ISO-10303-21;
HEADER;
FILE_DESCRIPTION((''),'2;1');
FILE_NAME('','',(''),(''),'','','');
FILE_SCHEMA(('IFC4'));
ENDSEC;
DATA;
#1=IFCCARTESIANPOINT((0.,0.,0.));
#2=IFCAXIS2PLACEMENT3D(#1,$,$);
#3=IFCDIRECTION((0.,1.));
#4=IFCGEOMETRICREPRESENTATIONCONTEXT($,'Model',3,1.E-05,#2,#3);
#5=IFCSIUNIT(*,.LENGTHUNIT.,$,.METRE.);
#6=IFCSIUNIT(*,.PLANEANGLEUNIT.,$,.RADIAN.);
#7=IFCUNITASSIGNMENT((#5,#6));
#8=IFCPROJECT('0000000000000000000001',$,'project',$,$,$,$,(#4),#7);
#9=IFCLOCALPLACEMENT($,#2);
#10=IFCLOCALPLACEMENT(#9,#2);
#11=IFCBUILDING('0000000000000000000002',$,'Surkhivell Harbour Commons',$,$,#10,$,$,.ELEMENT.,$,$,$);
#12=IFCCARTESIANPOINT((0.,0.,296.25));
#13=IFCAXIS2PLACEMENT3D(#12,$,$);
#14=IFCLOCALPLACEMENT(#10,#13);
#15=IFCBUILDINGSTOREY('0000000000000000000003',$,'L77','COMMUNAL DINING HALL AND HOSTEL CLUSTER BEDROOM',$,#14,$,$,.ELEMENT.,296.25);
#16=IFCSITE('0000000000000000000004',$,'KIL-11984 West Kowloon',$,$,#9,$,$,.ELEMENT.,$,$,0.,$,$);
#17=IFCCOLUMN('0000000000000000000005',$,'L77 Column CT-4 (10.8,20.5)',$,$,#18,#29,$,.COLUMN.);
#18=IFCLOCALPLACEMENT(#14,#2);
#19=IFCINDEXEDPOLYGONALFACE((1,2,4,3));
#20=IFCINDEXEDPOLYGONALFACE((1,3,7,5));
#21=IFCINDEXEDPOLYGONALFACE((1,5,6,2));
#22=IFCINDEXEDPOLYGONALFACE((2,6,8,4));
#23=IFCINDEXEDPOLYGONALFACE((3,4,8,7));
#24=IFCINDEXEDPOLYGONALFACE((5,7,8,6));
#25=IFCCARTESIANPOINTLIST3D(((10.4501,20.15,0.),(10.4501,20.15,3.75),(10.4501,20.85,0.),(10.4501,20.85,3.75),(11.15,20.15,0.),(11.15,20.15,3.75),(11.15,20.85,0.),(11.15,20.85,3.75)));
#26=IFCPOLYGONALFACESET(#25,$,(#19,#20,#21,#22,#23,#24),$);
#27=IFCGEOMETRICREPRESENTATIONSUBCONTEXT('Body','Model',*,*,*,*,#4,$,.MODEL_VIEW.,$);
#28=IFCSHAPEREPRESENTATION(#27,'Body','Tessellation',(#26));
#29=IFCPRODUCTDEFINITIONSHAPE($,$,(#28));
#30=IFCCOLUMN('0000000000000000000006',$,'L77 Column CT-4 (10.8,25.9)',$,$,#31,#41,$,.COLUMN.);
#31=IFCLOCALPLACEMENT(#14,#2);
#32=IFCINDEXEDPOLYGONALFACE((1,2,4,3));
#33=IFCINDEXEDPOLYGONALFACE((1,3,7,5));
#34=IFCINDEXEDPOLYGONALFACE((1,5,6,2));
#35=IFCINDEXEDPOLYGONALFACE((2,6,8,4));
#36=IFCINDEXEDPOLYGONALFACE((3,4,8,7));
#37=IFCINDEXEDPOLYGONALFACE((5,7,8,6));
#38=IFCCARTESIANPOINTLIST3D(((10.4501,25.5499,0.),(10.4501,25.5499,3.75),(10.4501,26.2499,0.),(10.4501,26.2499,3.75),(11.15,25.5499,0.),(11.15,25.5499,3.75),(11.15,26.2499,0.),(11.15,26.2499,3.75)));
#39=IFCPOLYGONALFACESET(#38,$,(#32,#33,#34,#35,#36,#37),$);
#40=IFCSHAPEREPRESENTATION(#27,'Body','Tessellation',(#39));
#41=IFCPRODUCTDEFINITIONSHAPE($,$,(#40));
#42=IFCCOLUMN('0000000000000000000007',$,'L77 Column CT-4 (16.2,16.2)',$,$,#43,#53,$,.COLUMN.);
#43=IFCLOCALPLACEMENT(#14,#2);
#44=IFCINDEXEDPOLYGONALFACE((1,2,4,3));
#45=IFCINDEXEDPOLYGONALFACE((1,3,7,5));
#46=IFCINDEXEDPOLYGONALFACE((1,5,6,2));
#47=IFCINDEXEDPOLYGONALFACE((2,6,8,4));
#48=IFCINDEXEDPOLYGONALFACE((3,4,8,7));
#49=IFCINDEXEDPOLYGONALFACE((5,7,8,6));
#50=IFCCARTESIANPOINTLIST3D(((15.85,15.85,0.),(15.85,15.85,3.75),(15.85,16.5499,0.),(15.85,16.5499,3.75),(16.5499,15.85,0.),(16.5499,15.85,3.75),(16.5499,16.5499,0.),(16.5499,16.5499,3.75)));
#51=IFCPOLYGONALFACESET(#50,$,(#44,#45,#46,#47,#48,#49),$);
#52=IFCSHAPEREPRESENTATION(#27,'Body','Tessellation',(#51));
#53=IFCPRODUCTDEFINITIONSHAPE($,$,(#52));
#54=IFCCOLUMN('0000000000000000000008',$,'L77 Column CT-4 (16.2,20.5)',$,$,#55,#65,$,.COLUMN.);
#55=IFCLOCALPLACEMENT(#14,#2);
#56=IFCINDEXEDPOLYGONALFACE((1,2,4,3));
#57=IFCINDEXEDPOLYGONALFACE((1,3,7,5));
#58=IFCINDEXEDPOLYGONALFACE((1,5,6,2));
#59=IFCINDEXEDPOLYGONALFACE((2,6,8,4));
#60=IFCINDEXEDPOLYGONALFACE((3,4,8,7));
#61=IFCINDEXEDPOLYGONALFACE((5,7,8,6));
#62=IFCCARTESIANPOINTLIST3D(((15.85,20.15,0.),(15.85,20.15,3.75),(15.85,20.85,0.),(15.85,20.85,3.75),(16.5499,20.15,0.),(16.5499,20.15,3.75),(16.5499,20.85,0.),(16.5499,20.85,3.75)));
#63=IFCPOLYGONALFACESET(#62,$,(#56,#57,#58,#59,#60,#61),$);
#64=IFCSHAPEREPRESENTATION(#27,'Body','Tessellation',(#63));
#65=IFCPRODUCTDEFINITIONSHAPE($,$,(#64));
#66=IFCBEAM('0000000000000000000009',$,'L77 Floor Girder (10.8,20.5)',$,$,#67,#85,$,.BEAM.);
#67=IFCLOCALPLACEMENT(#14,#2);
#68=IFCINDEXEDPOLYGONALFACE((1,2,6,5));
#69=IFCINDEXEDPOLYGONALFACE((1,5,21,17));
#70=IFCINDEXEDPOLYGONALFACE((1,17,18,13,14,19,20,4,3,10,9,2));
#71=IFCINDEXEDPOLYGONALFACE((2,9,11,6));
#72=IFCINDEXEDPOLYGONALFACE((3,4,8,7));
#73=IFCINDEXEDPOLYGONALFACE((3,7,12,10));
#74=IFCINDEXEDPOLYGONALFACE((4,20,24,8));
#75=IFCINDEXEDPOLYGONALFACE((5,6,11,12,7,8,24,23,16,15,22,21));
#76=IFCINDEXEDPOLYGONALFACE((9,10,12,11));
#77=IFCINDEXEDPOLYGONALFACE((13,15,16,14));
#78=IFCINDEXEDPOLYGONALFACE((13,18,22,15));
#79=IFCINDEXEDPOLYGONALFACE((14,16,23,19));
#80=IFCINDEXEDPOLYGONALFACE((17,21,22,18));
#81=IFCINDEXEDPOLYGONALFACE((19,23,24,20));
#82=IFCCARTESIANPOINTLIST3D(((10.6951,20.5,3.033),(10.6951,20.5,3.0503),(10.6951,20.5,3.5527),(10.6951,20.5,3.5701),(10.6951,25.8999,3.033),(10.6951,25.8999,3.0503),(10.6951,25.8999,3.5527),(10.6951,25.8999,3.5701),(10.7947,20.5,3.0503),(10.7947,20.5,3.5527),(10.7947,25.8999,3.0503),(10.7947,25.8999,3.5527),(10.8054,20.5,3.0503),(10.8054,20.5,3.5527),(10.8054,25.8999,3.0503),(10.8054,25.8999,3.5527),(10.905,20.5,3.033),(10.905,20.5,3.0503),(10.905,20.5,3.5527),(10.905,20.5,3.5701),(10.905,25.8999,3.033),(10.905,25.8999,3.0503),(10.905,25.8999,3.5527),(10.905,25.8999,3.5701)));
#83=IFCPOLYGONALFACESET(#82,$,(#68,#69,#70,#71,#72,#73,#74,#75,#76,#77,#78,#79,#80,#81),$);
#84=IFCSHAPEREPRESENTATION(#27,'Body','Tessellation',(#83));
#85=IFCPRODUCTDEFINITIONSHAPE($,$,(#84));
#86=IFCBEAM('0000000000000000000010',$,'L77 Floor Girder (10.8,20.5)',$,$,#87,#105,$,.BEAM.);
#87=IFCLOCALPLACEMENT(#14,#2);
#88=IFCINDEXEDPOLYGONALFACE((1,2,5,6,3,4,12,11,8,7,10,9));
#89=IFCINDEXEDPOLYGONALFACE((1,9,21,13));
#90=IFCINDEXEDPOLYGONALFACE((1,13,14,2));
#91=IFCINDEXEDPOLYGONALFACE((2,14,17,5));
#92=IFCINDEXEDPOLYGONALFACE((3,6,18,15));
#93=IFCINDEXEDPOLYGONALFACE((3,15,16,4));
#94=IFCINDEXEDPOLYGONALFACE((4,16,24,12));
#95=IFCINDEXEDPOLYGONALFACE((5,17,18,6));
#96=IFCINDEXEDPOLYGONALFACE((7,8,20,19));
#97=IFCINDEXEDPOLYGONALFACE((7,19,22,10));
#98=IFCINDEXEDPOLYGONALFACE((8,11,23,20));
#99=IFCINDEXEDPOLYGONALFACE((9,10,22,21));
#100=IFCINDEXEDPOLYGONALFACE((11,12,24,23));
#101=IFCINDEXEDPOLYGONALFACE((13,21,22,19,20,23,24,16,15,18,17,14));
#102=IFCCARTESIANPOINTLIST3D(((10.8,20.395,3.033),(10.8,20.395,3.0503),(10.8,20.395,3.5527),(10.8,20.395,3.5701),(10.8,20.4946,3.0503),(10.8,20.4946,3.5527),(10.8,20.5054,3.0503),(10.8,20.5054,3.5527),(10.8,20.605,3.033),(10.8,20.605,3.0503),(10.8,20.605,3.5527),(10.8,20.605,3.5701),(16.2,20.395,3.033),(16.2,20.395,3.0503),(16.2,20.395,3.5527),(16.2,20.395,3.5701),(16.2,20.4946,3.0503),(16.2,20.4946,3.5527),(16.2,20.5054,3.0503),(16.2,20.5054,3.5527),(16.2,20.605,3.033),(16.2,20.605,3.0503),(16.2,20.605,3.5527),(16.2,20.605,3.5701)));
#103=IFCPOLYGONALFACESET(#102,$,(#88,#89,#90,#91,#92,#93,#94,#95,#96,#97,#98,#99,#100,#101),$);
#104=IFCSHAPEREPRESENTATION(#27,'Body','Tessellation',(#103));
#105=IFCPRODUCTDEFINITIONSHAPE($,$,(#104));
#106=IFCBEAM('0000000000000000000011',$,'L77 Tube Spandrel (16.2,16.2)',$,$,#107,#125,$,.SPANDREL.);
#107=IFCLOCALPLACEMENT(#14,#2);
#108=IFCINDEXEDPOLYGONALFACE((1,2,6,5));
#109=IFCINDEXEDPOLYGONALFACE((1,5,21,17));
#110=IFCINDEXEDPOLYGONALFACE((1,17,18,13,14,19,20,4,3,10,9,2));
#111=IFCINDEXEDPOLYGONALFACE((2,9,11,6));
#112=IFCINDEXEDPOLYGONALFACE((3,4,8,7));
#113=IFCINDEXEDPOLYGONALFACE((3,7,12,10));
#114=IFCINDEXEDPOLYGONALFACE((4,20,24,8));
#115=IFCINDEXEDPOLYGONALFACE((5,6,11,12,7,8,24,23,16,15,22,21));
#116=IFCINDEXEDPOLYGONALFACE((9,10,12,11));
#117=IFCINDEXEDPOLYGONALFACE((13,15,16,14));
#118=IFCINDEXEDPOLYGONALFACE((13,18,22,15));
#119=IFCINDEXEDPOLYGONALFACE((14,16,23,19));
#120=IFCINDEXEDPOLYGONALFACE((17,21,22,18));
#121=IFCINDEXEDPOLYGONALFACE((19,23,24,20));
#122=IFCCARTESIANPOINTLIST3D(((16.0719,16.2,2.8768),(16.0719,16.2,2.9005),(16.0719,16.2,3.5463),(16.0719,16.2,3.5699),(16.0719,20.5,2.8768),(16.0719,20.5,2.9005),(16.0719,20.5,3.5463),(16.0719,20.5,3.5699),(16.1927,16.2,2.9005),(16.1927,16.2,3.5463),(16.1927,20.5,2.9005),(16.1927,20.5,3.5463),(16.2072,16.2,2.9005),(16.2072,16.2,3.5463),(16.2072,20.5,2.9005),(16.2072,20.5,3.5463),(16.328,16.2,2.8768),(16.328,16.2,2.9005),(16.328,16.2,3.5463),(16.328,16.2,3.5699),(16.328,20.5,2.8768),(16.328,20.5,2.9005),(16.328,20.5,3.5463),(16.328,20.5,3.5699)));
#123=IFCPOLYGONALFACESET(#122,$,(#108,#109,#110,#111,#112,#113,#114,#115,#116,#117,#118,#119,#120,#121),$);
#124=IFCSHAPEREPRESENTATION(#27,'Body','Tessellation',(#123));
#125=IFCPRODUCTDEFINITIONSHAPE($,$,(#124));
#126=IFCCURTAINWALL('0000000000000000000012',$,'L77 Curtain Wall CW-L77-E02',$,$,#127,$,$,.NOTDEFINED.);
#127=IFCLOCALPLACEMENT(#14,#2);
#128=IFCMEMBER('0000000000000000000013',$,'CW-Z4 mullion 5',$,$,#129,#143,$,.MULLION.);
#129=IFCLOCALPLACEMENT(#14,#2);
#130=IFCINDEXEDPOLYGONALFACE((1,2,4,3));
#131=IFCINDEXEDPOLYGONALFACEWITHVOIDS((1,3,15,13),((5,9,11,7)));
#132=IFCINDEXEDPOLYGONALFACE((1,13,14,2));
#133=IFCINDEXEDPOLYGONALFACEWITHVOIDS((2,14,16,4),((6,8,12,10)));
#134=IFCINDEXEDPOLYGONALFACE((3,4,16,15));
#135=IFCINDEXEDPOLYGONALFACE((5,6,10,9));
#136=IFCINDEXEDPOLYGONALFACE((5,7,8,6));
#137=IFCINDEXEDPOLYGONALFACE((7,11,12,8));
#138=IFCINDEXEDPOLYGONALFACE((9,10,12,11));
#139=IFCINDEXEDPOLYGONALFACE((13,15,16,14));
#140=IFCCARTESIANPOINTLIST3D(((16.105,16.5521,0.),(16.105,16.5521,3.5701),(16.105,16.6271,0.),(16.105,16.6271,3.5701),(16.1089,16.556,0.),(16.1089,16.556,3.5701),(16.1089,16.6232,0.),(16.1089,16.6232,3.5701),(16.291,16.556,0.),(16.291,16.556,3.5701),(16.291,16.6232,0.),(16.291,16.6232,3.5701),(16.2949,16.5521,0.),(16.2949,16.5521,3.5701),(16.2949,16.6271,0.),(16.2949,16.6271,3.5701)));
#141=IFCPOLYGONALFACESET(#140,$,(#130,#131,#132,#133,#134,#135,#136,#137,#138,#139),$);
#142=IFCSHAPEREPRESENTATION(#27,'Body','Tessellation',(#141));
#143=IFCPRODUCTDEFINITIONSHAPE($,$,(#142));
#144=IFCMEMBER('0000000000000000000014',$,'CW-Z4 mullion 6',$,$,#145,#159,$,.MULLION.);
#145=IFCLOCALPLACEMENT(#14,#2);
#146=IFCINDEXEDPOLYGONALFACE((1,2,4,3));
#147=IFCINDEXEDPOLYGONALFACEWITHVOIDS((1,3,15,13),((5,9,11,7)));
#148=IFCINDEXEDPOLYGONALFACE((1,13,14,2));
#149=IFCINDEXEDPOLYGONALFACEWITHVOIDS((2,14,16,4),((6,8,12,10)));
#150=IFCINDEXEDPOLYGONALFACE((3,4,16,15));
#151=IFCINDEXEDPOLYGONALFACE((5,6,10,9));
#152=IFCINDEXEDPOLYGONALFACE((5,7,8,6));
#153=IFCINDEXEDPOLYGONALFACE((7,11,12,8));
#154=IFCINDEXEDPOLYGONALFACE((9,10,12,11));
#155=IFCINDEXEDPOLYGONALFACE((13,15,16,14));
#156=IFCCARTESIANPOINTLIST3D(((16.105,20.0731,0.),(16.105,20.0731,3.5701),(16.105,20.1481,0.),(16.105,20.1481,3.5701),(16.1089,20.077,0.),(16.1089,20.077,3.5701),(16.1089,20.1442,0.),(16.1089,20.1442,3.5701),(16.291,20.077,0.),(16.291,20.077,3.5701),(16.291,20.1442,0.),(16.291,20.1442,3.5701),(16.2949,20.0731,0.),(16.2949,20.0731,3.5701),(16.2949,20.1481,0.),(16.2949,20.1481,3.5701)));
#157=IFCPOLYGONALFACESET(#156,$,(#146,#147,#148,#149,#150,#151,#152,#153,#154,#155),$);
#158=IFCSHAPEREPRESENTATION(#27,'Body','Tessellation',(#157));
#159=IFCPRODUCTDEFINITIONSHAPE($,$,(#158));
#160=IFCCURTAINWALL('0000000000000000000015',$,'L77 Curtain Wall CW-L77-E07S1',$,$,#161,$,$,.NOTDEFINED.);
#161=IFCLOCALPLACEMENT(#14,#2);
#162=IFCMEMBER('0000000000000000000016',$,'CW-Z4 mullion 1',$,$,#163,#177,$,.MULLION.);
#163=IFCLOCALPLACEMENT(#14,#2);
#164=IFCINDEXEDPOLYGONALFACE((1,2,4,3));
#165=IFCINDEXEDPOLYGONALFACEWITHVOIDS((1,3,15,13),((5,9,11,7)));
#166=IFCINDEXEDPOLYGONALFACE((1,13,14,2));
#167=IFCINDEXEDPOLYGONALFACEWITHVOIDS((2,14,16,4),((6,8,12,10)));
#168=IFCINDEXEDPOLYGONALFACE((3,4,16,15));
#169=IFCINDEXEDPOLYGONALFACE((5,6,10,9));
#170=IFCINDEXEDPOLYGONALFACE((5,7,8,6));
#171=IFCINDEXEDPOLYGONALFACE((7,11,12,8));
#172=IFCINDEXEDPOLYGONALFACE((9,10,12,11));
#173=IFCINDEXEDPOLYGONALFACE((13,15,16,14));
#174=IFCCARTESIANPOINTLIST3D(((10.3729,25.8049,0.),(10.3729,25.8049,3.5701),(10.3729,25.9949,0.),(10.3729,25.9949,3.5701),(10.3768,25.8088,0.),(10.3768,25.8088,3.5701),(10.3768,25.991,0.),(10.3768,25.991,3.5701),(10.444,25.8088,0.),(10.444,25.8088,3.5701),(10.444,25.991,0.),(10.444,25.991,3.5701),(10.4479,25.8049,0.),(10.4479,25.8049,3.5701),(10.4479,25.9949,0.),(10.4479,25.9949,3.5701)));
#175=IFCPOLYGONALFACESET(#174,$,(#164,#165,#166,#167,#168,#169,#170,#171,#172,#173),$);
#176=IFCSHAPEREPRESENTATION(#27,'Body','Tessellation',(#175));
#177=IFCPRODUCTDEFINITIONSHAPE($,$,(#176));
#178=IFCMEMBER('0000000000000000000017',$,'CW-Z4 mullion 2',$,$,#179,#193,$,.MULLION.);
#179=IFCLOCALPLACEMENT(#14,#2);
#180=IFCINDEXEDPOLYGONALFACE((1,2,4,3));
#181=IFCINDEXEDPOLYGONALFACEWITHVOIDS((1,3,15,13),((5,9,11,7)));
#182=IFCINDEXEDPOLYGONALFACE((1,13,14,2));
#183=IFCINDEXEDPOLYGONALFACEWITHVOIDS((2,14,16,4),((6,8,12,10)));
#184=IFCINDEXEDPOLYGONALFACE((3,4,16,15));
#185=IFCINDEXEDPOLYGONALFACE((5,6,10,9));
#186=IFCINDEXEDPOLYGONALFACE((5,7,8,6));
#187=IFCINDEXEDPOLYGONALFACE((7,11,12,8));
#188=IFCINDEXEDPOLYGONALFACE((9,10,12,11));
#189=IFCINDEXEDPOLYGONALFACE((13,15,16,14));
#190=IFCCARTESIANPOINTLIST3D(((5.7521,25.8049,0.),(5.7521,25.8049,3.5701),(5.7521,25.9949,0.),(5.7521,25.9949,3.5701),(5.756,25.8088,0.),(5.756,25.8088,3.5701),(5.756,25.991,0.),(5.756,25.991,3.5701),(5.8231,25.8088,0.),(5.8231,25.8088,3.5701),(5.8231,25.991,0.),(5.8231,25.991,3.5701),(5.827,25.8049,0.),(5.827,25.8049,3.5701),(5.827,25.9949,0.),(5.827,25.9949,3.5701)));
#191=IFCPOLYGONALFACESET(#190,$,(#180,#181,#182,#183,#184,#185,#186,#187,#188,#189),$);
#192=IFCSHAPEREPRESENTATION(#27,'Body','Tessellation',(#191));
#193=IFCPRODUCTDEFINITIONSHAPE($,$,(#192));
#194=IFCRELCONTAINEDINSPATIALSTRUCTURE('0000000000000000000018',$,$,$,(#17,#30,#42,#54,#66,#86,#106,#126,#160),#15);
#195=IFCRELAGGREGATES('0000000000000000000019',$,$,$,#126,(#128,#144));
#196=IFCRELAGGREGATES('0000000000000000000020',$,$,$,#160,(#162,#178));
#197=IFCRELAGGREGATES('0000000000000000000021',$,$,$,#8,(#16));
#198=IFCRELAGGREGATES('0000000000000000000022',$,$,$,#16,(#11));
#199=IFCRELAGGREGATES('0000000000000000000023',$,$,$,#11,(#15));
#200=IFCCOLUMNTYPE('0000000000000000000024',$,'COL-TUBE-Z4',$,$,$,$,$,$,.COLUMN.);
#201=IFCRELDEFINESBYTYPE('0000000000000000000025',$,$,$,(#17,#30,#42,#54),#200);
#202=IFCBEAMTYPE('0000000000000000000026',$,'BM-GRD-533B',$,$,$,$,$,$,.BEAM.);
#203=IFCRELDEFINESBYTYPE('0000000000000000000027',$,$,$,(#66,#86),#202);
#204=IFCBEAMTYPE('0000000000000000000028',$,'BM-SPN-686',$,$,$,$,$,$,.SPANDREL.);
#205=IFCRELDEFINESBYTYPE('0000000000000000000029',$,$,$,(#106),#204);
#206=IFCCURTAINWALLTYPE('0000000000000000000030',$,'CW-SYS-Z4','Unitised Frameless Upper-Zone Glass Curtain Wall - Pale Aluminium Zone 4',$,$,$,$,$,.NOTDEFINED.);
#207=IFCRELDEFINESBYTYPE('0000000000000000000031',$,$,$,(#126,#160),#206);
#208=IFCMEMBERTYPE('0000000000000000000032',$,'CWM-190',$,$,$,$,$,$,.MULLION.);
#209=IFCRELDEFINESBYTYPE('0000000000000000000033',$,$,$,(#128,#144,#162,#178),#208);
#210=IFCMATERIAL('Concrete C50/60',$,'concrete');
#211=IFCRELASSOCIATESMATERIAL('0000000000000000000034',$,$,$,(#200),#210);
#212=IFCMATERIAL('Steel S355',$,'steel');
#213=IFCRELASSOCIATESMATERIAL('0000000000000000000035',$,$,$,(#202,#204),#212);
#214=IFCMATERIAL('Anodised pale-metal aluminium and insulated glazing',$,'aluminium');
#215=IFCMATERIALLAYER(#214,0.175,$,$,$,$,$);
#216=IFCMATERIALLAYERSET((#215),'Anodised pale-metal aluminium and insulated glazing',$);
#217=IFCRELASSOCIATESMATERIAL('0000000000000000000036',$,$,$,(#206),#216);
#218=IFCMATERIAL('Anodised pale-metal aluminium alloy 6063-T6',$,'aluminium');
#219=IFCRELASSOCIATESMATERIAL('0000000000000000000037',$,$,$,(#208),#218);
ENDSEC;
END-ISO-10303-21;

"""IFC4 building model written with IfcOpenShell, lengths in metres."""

from ifc_helpers import new_model, si_unit, direction, frame, origin, origin_2d, place, context, subcontext, project, spatial, rectangle, hollow_rectangle, i_section, extrude, material, layer, layer_set, material_profile, profile_set, type_object, element, aggregate, save


model = new_model("IFC4")

# Units and contexts
model_context = context("Model", 3, precision=1e-05, world=origin(), true_north=direction((0.0, 1.0)))
body_context = subcontext(model_context, "Body", "Model", "MODEL_VIEW")
ifc_project = project(units=[si_unit("LENGTHUNIT", "METRE"), si_unit("PLANEANGLEUNIT", "RADIAN")], contexts=[model_context])

# Site, building, storey
site_placement = place(None, origin())
site = spatial("IfcSite", under=ifc_project, at=site_placement, Name="KIL-11984 West Kowloon", CompositionType="ELEMENT", RefElevation=0.0)
building_placement = place(site_placement, origin())
building = spatial("IfcBuilding", under=site, at=building_placement, Name="Surkhivell Harbour Commons", CompositionType="ELEMENT")
storey_placement = place(building_placement, frame((0.0, 0.0, 296.25)))
storey = spatial("IfcBuildingStorey", under=building, at=storey_placement, Name="L77", Description="COMMUNAL DINING HALL AND HOSTEL CLUSTER BEDROOM", CompositionType="ELEMENT", Elevation=296.25)

# Columns
ifc_material_1 = material(Name="Concrete C50/60", Category="concrete")
ifc_material_profile_1 = material_profile(ifc_material_1, rectangle(XDim=0.7, YDim=0.7, at=origin_2d()), Name="RC-COL-700x700")
ifc_profile_set_1 = profile_set([ifc_material_profile_1], Name="Concrete C50/60")
column_type = type_object("IfcColumnType", Name="COL-TUBE-Z4", PredefinedType="COLUMN", material=ifc_profile_set_1)
for number, where, z_axis, x_axis, name in (
    (1, (10.8, 20.5, 0.0), (0.0, 0.0, 1.0), (1.0, 0.0, 0.0), "L77 Column CT-4 (10.8,20.5)"),
    (2, (10.8, 25.8999, 0.0), (0.0, 0.0, 1.0), (1.0, 0.0, 0.0), "L77 Column CT-4 (10.8,25.9)"),
    (3, (16.2, 16.2, 0.0), (0.0, 0.0, 1.0), (1.0, 0.0, 0.0), "L77 Column CT-4 (16.2,16.2)"),
    (4, (16.2, 20.5, 0.0), (0.0, 0.0, 1.0), (1.0, 0.0, 0.0), "L77 Column CT-4 (16.2,20.5)"),
):
    element("IfcColumn", number, at=place(storey_placement, frame(where, z_axis=z_axis, x_axis=x_axis)), inside=storey, type_object=column_type, Name=name, PredefinedType="COLUMN", context=body_context, shape_type="SweptSolid", body=[
        extrude(rectangle(XDim=0.7, YDim=0.7, at=origin_2d()), origin(), (0.0, 0.0, 1.0), 3.75),
    ])

# Beams
ifc_material_2 = material(Name="Steel S355", Category="steel")
ifc_material_profile_2 = material_profile(ifc_material_2, i_section(OverallWidth=0.21, OverallDepth=0.5371, WebThickness=0.0107, FlangeThickness=0.0173, at=origin_2d()), Name="UB533x210x101")
ifc_profile_set_2 = profile_set([ifc_material_profile_2], Name="Steel S355")
beam_type_1 = type_object("IfcBeamType", Name="BM-GRD-533B", PredefinedType="BEAM", material=ifc_profile_set_2)
for number, where, z_axis, x_axis, name in (
    (5, (10.8, 20.5, 3.3015), (0.0, 1.0, 0.0), (-1.0, 0.0, 0.0), "L77 Floor Girder (10.8,20.5)"),
    (6, (10.8, 20.5, 3.3015), (1.0, 0.0, 0.0), (0.0, 1.0, 0.0), "L77 Floor Girder (10.8,20.5)"),
):
    element("IfcBeam", number, at=place(storey_placement, frame(where, z_axis=z_axis, x_axis=x_axis)), inside=storey, type_object=beam_type_1, Name=name, PredefinedType="BEAM", context=body_context, shape_type="SweptSolid", body=[
        extrude(i_section(OverallWidth=0.21, OverallDepth=0.5371, WebThickness=0.0107, FlangeThickness=0.0173, at=origin_2d()), origin(), (0.0, 0.0, 1.0), 5.3999),
    ])
ifc_material_profile_3 = material_profile(ifc_material_2, i_section(OverallWidth=0.2561, OverallDepth=0.6931, WebThickness=0.0144, FlangeThickness=0.0237, at=origin_2d()), Name="UB686x254x170")
ifc_profile_set_3 = profile_set([ifc_material_profile_3], Name="Steel S355")
beam_type_2 = type_object("IfcBeamType", Name="BM-SPN-686", PredefinedType="SPANDREL", material=ifc_profile_set_3)
beam_placement = place(storey_placement, frame((16.2, 16.2, 3.2234), z_axis=(0.0, 1.0, 0.0), x_axis=(-1.0, 0.0, 0.0)))
element("IfcBeam", 7, at=beam_placement, inside=storey, type_object=beam_type_2, Name="L77 Tube Spandrel (16.2,16.2)", PredefinedType="SPANDREL", context=body_context, shape_type="SweptSolid", body=[
    extrude(i_section(OverallWidth=0.2561, OverallDepth=0.6931, WebThickness=0.0144, FlangeThickness=0.0237, at=origin_2d()), origin(), (0.0, 0.0, 1.0), 4.3),
])

# Curtain walls, members
ifc_material_3 = material(Name="Anodised pale-metal aluminium and insulated glazing", Category="aluminium")
ifc_layer_1 = layer(ifc_material_3, 0.175)
ifc_layer_set_1 = layer_set([ifc_layer_1], Name="Anodised pale-metal aluminium and insulated glazing")
curtain_wall_type = type_object("IfcCurtainWallType", Name="CW-SYS-Z4", Description="Unitised Frameless Upper-Zone Glass Curtain Wall - Pale Aluminium Zone 4", PredefinedType="NOTDEFINED", material=ifc_layer_set_1)
curtain_wall_1_placement = place(storey_placement, origin())
curtain_wall_1 = element("IfcCurtainWall", 8, at=curtain_wall_1_placement, inside=storey, type_object=curtain_wall_type, Name="L77 Curtain Wall CW-L77-E02", PredefinedType="NOTDEFINED")
ifc_material_4 = material(Name="Anodised pale-metal aluminium alloy 6063-T6", Category="aluminium")
ifc_material_profile_4 = material_profile(ifc_material_4, hollow_rectangle(XDim=0.075, YDim=0.1899, WallThickness=0.0039, at=origin_2d()), Name="ALU-MULL-75x190")
ifc_profile_set_4 = profile_set([ifc_material_profile_4], Name="Anodised pale-metal aluminium alloy 6063-T6")
member_type_1 = type_object("IfcMemberType", Name="CWM-190", PredefinedType="MULLION", material=ifc_profile_set_4)
member_1_placement = place(storey_placement, frame((16.2, 16.5896, 0.0), z_axis=(0.0, 0.0, 1.0), x_axis=(0.0, 1.0, 0.0)))
member_1 = element("IfcMember", 9, at=member_1_placement, type_object=member_type_1, Name="CW-Z4 mullion 5", PredefinedType="MULLION", context=body_context, shape_type="SweptSolid", body=[
    extrude(hollow_rectangle(XDim=0.075, YDim=0.1899, WallThickness=0.0039, at=origin_2d()), origin(), (0.0, 0.0, 1.0), 3.5701),
])
member_2_placement = place(storey_placement, frame((16.2, 20.1106, 0.0), z_axis=(0.0, 0.0, 1.0), x_axis=(0.0, 1.0, 0.0)))
member_2 = element("IfcMember", 10, at=member_2_placement, type_object=member_type_1, Name="CW-Z4 mullion 6", PredefinedType="MULLION", context=body_context, shape_type="SweptSolid", body=[
    extrude(hollow_rectangle(XDim=0.075, YDim=0.1899, WallThickness=0.0039, at=origin_2d()), origin(), (0.0, 0.0, 1.0), 3.5701),
])
curtain_wall_2_placement = place(storey_placement, origin())
curtain_wall_2 = element("IfcCurtainWall", 11, at=curtain_wall_2_placement, inside=storey, type_object=curtain_wall_type, Name="L77 Curtain Wall CW-L77-E07S1", PredefinedType="NOTDEFINED")
member_3_placement = place(storey_placement, frame((10.4104, 25.8999, 0.0), z_axis=(0.0, 0.0, 1.0), x_axis=(-1.0, 0.0, 0.0)))
member_3 = element("IfcMember", 12, at=member_3_placement, type_object=member_type_1, Name="CW-Z4 mullion 1", PredefinedType="MULLION", context=body_context, shape_type="SweptSolid", body=[
    extrude(hollow_rectangle(XDim=0.075, YDim=0.1899, WallThickness=0.0039, at=origin_2d()), origin(), (0.0, 0.0, 1.0), 3.5701),
])
member_4_placement = place(storey_placement, frame((5.7896, 25.8999, 0.0), z_axis=(0.0, 0.0, 1.0), x_axis=(-1.0, 0.0, 0.0)))
member_4 = element("IfcMember", 13, at=member_4_placement, type_object=member_type_1, Name="CW-Z4 mullion 2", PredefinedType="MULLION", context=body_context, shape_type="SweptSolid", body=[
    extrude(hollow_rectangle(XDim=0.075, YDim=0.1899, WallThickness=0.0039, at=origin_2d()), origin(), (0.0, 0.0, 1.0), 3.5701),
])

aggregate(curtain_wall_1, [member_1, member_2])
aggregate(curtain_wall_2, [member_3, member_4])

save(model, "model.ifc")
